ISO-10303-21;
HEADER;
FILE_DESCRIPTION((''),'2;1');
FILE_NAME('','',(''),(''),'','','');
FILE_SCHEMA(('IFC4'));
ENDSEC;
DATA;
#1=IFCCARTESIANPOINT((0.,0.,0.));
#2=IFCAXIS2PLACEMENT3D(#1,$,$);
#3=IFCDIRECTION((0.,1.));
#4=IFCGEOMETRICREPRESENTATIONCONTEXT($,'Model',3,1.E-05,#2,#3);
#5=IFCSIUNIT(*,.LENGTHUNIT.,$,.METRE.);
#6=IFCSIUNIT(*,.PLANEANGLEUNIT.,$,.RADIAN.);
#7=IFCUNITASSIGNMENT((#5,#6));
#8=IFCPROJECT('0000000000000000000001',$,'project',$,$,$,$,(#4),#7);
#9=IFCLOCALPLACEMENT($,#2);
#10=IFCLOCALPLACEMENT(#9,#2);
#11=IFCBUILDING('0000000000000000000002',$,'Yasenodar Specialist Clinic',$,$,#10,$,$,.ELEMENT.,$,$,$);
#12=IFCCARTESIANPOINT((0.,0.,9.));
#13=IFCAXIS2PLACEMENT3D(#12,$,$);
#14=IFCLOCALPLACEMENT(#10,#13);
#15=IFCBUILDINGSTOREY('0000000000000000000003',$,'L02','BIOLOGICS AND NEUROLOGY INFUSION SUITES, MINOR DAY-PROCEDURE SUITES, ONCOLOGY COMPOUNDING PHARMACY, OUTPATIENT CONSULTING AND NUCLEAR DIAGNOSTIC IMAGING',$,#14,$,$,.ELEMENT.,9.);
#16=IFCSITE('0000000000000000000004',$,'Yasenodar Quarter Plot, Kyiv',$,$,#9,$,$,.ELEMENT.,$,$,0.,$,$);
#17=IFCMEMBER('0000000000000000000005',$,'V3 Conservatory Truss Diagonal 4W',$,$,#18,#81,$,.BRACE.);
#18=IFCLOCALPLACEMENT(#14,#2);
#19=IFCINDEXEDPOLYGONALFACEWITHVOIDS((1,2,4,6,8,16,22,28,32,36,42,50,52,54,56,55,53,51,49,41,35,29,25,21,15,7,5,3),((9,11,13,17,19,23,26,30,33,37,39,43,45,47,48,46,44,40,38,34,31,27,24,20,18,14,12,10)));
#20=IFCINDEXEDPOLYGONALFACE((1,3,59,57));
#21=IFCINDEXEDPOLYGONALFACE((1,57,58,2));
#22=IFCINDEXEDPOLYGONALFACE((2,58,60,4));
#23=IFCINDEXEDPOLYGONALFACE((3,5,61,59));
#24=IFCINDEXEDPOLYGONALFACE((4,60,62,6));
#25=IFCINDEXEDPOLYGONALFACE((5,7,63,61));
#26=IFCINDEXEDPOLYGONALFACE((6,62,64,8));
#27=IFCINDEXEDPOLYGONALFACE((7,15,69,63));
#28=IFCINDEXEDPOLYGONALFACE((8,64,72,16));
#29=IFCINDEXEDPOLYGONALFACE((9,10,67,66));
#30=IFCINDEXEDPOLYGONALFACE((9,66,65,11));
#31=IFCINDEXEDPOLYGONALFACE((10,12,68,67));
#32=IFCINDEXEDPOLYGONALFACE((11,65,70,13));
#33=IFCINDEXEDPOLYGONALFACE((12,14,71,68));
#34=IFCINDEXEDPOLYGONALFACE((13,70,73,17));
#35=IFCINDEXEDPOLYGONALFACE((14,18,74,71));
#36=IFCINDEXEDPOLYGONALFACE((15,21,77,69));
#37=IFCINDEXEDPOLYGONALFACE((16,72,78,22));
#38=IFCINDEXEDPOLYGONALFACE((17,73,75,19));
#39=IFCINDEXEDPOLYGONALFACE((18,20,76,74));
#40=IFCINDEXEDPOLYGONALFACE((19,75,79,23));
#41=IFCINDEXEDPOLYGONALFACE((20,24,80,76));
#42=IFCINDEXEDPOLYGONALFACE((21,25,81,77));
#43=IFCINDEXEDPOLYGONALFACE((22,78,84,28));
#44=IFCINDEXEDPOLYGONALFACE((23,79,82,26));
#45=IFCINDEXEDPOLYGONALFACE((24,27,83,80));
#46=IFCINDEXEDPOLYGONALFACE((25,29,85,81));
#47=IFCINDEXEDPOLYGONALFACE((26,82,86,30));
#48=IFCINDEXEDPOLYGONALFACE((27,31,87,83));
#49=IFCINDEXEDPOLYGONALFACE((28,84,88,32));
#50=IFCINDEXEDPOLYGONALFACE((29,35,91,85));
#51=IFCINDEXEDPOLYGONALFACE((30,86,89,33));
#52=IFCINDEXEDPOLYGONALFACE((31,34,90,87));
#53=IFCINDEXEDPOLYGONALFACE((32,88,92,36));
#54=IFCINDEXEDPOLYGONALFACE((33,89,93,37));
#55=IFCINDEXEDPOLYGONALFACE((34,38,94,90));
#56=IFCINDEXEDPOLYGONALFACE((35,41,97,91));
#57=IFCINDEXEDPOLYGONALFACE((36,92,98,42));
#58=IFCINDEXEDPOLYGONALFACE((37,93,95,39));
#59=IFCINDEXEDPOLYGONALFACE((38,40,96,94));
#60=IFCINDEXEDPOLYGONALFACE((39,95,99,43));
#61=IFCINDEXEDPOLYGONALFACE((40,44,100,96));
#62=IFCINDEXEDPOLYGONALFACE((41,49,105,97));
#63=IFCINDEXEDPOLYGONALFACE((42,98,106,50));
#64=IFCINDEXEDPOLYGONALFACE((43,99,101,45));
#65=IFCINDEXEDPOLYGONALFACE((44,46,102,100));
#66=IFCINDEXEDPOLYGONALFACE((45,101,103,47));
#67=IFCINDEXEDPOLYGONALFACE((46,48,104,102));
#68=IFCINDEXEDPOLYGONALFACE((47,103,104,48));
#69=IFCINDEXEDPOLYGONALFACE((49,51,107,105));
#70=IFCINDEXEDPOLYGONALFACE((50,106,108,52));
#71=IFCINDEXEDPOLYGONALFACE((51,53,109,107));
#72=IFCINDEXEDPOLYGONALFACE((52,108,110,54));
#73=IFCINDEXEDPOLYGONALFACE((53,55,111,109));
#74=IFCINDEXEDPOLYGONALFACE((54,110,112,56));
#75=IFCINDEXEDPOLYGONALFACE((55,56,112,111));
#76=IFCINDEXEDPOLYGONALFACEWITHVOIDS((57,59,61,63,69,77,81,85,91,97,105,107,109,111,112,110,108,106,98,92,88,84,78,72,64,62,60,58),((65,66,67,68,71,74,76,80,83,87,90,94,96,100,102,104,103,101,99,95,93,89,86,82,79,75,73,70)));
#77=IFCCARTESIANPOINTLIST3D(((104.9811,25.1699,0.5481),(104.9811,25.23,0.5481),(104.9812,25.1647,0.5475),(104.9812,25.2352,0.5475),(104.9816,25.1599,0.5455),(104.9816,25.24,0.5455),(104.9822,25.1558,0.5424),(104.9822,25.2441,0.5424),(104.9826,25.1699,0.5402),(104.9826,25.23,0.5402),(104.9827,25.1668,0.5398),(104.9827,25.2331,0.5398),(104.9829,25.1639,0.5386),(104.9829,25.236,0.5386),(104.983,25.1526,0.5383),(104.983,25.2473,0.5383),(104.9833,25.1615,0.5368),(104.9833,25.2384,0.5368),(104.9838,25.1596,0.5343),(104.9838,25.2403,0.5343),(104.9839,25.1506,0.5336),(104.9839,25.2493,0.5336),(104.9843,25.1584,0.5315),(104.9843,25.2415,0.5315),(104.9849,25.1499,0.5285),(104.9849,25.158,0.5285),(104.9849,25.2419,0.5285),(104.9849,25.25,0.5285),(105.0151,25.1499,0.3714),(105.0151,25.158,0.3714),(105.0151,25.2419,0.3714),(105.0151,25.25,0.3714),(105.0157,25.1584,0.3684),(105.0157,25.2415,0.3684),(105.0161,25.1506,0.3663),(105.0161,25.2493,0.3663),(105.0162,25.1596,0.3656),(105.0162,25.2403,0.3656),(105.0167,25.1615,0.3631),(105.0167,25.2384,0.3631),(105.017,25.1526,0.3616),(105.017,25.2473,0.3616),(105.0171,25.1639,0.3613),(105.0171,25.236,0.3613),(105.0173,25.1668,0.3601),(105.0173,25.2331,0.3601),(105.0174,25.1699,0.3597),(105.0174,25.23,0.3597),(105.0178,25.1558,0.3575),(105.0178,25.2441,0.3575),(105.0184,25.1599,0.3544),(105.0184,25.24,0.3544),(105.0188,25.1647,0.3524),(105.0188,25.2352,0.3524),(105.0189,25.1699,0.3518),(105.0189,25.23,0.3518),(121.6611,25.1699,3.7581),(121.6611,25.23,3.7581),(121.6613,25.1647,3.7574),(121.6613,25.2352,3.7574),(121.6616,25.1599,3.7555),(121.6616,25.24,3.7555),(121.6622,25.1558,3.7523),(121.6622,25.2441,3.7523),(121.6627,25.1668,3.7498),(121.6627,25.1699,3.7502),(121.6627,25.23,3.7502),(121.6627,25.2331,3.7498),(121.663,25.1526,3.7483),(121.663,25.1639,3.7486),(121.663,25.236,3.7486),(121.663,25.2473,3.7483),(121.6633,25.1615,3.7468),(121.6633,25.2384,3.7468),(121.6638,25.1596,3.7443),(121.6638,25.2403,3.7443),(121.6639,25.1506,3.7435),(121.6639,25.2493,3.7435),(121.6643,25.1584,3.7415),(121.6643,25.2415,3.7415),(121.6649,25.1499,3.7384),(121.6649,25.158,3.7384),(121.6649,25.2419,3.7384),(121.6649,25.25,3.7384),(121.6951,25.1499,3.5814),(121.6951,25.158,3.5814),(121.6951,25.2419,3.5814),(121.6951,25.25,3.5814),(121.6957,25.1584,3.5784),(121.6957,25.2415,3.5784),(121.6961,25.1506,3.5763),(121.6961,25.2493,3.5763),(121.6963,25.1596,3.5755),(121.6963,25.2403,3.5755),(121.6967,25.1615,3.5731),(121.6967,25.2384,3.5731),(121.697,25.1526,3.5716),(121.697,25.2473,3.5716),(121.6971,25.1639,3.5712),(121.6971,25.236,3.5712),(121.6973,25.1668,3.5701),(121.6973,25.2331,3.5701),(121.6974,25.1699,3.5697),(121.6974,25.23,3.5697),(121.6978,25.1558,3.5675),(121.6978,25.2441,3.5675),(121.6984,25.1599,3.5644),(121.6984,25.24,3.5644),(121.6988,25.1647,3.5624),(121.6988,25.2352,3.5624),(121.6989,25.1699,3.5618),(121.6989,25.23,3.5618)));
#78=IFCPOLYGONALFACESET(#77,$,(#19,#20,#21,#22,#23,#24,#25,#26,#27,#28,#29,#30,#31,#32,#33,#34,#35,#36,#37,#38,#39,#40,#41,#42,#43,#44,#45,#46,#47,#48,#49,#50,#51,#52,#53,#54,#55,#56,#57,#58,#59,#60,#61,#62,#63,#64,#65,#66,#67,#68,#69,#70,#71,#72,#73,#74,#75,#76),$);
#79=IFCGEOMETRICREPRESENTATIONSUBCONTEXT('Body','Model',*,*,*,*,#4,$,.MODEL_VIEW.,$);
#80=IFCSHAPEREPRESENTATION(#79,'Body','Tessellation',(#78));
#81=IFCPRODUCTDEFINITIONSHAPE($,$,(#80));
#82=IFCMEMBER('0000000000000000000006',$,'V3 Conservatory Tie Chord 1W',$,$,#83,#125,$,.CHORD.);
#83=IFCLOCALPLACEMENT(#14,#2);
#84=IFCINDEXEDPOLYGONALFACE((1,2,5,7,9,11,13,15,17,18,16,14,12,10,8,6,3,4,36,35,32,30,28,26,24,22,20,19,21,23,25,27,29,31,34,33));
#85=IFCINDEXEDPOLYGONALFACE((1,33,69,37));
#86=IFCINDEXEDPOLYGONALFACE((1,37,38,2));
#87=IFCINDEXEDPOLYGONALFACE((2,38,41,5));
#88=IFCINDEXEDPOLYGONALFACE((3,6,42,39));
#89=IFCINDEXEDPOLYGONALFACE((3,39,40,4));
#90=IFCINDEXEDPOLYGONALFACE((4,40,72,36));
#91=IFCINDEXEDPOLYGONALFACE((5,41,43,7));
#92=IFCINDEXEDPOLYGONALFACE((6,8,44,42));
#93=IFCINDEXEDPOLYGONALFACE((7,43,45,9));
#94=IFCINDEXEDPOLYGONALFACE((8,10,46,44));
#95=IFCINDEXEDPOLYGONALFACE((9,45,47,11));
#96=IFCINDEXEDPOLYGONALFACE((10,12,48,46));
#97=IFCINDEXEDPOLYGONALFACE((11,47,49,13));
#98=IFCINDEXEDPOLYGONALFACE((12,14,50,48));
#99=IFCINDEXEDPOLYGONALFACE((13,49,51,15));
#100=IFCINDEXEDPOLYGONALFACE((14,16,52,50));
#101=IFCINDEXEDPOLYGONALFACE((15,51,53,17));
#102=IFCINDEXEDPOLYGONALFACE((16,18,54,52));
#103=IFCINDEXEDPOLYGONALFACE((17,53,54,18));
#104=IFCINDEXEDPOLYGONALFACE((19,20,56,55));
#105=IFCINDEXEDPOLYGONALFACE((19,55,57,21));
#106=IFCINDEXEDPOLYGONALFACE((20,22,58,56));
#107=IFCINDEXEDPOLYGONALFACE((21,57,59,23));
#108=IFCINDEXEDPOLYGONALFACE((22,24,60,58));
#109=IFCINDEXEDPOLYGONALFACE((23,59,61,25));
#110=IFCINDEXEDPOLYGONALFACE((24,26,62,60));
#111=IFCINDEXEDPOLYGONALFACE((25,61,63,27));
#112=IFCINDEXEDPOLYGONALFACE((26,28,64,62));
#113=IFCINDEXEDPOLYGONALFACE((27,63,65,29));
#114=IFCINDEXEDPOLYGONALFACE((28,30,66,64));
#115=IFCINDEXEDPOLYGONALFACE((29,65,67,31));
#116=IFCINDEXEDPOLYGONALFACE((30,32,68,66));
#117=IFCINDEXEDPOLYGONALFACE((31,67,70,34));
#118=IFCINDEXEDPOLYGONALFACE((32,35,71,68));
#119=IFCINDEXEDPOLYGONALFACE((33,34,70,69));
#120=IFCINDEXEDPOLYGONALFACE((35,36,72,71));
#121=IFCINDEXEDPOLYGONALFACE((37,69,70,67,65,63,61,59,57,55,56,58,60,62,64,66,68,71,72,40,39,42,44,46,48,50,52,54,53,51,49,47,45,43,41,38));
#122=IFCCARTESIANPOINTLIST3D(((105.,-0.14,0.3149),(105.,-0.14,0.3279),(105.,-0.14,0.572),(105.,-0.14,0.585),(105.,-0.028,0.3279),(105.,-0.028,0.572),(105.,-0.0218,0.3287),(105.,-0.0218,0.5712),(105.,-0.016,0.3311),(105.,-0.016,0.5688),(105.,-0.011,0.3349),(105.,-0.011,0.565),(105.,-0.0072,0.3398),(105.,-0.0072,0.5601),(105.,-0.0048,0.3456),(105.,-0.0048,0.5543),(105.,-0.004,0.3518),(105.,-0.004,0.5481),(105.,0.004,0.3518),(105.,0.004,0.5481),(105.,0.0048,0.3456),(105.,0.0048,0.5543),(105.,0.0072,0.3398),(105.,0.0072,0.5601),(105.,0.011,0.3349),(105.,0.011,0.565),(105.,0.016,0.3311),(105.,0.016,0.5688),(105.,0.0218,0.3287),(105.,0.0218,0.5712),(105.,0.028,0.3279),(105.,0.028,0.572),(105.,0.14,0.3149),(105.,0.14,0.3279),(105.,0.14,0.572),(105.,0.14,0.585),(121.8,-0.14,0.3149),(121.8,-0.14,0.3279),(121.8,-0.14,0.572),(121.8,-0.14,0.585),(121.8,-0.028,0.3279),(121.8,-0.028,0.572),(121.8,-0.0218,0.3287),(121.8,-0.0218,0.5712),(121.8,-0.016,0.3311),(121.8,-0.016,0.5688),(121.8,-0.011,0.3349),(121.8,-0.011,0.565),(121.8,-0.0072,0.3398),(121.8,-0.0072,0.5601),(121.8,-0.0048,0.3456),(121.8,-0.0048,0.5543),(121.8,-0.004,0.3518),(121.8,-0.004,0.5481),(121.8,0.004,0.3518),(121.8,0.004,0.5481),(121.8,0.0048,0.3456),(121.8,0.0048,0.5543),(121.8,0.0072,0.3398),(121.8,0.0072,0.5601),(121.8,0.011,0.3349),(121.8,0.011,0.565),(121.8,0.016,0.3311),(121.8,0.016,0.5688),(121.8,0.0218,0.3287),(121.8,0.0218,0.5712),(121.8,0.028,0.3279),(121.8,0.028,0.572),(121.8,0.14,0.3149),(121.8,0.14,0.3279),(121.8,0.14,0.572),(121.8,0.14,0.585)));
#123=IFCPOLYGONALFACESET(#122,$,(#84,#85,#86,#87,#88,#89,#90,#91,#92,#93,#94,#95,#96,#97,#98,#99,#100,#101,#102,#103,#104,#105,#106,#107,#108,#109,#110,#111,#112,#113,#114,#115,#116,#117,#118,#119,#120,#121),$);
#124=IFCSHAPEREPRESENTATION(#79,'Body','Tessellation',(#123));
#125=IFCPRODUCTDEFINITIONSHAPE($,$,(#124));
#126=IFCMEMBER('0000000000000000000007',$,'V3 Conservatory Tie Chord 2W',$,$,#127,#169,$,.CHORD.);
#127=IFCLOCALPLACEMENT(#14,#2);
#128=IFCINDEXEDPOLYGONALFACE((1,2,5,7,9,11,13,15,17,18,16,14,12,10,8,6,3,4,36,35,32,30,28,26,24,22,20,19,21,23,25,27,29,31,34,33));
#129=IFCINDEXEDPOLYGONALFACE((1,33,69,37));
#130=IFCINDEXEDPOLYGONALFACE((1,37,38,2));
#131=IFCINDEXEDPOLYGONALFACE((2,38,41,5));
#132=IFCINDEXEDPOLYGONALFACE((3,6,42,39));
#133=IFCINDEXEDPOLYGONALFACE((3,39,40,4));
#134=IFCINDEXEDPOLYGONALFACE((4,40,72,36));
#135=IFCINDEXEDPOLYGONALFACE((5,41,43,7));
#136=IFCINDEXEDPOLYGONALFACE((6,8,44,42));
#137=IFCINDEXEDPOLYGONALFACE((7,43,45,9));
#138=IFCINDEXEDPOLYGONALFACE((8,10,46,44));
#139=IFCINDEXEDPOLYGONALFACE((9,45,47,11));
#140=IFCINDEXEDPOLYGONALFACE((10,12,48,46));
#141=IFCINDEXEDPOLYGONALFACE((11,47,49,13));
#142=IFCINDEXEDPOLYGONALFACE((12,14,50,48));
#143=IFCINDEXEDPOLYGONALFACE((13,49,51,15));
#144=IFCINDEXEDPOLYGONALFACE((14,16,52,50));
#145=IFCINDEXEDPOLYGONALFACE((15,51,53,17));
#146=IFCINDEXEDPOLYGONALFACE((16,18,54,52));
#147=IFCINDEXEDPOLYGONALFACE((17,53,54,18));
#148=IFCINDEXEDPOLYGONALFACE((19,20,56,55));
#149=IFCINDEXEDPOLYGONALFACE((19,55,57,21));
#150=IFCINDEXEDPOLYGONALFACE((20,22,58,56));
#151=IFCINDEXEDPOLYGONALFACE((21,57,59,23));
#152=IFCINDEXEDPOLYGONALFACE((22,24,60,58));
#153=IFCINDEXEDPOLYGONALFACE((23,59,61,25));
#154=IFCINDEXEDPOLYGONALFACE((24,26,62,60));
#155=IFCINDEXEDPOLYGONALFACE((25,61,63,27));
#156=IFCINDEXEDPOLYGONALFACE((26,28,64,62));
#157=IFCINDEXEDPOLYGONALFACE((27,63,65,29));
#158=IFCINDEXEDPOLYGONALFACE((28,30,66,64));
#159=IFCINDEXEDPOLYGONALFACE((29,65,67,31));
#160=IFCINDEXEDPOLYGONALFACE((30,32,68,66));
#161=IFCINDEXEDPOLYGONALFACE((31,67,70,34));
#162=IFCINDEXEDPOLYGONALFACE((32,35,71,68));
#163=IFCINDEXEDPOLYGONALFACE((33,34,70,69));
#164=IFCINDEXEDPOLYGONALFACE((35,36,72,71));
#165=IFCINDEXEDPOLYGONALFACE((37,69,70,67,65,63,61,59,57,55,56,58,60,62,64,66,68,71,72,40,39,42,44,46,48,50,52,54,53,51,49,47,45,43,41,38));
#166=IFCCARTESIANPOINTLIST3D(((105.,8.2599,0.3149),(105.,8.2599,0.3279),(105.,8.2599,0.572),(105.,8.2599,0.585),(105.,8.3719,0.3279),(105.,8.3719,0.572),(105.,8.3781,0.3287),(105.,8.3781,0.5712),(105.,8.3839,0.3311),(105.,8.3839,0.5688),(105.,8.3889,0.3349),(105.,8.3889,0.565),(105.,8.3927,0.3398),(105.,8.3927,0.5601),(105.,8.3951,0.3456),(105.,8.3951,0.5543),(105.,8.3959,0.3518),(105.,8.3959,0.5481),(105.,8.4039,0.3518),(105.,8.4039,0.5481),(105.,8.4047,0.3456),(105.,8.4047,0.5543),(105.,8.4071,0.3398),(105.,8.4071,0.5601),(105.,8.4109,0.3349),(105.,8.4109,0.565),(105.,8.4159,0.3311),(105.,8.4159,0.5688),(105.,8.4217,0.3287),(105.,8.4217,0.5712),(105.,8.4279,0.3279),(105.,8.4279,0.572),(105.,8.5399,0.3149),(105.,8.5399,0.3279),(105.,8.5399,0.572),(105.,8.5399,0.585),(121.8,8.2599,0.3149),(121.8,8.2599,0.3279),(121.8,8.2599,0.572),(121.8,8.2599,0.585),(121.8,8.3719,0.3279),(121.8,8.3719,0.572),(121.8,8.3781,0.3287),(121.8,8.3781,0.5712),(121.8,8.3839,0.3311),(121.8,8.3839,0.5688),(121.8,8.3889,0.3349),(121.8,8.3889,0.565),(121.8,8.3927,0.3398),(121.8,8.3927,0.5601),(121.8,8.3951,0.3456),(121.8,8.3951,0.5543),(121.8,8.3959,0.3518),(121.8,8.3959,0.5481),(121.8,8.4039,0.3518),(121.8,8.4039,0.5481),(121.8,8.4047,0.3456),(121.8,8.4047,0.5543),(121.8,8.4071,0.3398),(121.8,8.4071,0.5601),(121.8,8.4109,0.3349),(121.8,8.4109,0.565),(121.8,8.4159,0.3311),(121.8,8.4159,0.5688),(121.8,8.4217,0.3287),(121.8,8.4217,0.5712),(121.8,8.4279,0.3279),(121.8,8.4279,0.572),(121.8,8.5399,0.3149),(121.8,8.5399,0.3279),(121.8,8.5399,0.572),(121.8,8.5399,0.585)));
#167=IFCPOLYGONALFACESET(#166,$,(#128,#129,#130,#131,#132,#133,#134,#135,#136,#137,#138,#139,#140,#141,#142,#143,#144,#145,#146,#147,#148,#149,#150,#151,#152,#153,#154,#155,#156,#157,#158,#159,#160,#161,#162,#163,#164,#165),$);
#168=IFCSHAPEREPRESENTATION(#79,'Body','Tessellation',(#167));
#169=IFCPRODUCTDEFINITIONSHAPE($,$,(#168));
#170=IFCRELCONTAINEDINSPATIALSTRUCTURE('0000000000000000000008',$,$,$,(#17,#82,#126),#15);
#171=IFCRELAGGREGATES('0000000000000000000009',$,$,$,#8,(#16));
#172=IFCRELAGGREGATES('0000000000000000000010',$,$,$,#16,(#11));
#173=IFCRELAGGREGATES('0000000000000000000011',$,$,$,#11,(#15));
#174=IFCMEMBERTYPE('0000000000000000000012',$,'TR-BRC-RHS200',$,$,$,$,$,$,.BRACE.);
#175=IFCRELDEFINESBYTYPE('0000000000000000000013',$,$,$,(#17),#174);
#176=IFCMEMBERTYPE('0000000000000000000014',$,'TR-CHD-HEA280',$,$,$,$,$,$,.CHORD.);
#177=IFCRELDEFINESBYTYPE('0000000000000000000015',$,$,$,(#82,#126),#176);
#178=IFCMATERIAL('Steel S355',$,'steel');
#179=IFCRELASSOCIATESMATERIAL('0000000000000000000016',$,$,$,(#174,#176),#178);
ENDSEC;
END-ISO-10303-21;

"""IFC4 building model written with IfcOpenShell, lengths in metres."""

from ifc_helpers import new_model, si_unit, direction, frame, origin, origin_2d, place, context, subcontext, project, spatial, hollow_rectangle, i_section, extrude, material, material_profile, profile_set, type_object, element, save


model = new_model("IFC4")

# Units and contexts
model_context = context("Model", 3, precision=1e-05, world=origin(), true_north=direction((0.0, 1.0)))
body_context = subcontext(model_context, "Body", "Model", "MODEL_VIEW")
ifc_project = project(units=[si_unit("LENGTHUNIT", "METRE"), si_unit("PLANEANGLEUNIT", "RADIAN")], contexts=[model_context])

# Site, building, storey
site_placement = place(None, origin())
site = spatial("IfcSite", under=ifc_project, at=site_placement, Name="Yasenodar Quarter Plot, Kyiv", CompositionType="ELEMENT", RefElevation=0.0)
building_placement = place(site_placement, origin())
building = spatial("IfcBuilding", under=site, at=building_placement, Name="Yasenodar Specialist Clinic", CompositionType="ELEMENT")
storey_placement = place(building_placement, frame((0.0, 0.0, 9.0)))
storey = spatial("IfcBuildingStorey", under=building, at=storey_placement, Name="L02", Description="BIOLOGICS AND NEUROLOGY INFUSION SUITES, MINOR DAY-PROCEDURE SUITES, ONCOLOGY COMPOUNDING PHARMACY, OUTPATIENT CONSULTING AND NUCLEAR DIAGNOSTIC IMAGING", CompositionType="ELEMENT", Elevation=9.0)

# Shared definitions
ifc_material_1 = material(Name="Steel S355", Category="steel")

# Members
ifc_material_profile_1 = material_profile(ifc_material_1, hollow_rectangle(XDim=0.1001, YDim=0.2, WallThickness=0.0081, InnerFilletRadius=0.012, OuterFilletRadius=0.02, at=origin_2d()), Name="RHS 200x100x8")
ifc_profile_set_1 = profile_set([ifc_material_profile_1], Name="Steel S355")
member_type_1 = type_object("IfcMemberType", Name="TR-BRC-RHS200", PredefinedType="BRACE", material=ifc_profile_set_1)
for number, where, z_axis, x_axis, name in (
    (1, (105.0, 25.2, 0.45), (0.981982, 0.0, 0.188977), (0.0, 1.0, 0.0), "V3 Conservatory Truss Diagonal 4W"),
):
    element("IfcMember", number, at=place(storey_placement, frame(where, z_axis=z_axis, x_axis=x_axis)), inside=storey, type_object=member_type_1, Name=name, PredefinedType="BRACE", context=body_context, shape_type="SweptSolid", body=[
        extrude(hollow_rectangle(XDim=0.1001, YDim=0.2, WallThickness=0.0081, InnerFilletRadius=0.012, OuterFilletRadius=0.02, at=origin_2d()), origin(), (0.0, 0.0, 1.0), 16.9861),
    ])
ifc_material_profile_2 = material_profile(ifc_material_1, i_section(OverallWidth=0.28, OverallDepth=0.27, WebThickness=0.0081, FlangeThickness=0.0129, FilletRadius=0.0239, at=origin_2d()), Name="HEA 280")
ifc_profile_set_2 = profile_set([ifc_material_profile_2], Name="Steel S355")
member_type_2 = type_object("IfcMemberType", Name="TR-CHD-HEA280", PredefinedType="CHORD", material=ifc_profile_set_2)
for number, where, z_axis, x_axis, name in (
    (2, (105.0, 0.0, 0.45), (1.0, 0.0, 0.0), (0.0, 1.0, 0.0), "V3 Conservatory Tie Chord 1W"),
    (3, (105.0, 8.3999, 0.45), (1.0, 0.0, 0.0), (0.0, 1.0, 0.0), "V3 Conservatory Tie Chord 2W"),
):
    element("IfcMember", number, at=place(storey_placement, frame(where, z_axis=z_axis, x_axis=x_axis)), inside=storey, type_object=member_type_2, Name=name, PredefinedType="CHORD", context=body_context, shape_type="SweptSolid", body=[
        extrude(i_section(OverallWidth=0.28, OverallDepth=0.27, WebThickness=0.0081, FlangeThickness=0.0129, FilletRadius=0.0239, at=origin_2d()), origin(), (0.0, 0.0, 1.0), 16.8),
    ])

save(model, "model.ifc")
